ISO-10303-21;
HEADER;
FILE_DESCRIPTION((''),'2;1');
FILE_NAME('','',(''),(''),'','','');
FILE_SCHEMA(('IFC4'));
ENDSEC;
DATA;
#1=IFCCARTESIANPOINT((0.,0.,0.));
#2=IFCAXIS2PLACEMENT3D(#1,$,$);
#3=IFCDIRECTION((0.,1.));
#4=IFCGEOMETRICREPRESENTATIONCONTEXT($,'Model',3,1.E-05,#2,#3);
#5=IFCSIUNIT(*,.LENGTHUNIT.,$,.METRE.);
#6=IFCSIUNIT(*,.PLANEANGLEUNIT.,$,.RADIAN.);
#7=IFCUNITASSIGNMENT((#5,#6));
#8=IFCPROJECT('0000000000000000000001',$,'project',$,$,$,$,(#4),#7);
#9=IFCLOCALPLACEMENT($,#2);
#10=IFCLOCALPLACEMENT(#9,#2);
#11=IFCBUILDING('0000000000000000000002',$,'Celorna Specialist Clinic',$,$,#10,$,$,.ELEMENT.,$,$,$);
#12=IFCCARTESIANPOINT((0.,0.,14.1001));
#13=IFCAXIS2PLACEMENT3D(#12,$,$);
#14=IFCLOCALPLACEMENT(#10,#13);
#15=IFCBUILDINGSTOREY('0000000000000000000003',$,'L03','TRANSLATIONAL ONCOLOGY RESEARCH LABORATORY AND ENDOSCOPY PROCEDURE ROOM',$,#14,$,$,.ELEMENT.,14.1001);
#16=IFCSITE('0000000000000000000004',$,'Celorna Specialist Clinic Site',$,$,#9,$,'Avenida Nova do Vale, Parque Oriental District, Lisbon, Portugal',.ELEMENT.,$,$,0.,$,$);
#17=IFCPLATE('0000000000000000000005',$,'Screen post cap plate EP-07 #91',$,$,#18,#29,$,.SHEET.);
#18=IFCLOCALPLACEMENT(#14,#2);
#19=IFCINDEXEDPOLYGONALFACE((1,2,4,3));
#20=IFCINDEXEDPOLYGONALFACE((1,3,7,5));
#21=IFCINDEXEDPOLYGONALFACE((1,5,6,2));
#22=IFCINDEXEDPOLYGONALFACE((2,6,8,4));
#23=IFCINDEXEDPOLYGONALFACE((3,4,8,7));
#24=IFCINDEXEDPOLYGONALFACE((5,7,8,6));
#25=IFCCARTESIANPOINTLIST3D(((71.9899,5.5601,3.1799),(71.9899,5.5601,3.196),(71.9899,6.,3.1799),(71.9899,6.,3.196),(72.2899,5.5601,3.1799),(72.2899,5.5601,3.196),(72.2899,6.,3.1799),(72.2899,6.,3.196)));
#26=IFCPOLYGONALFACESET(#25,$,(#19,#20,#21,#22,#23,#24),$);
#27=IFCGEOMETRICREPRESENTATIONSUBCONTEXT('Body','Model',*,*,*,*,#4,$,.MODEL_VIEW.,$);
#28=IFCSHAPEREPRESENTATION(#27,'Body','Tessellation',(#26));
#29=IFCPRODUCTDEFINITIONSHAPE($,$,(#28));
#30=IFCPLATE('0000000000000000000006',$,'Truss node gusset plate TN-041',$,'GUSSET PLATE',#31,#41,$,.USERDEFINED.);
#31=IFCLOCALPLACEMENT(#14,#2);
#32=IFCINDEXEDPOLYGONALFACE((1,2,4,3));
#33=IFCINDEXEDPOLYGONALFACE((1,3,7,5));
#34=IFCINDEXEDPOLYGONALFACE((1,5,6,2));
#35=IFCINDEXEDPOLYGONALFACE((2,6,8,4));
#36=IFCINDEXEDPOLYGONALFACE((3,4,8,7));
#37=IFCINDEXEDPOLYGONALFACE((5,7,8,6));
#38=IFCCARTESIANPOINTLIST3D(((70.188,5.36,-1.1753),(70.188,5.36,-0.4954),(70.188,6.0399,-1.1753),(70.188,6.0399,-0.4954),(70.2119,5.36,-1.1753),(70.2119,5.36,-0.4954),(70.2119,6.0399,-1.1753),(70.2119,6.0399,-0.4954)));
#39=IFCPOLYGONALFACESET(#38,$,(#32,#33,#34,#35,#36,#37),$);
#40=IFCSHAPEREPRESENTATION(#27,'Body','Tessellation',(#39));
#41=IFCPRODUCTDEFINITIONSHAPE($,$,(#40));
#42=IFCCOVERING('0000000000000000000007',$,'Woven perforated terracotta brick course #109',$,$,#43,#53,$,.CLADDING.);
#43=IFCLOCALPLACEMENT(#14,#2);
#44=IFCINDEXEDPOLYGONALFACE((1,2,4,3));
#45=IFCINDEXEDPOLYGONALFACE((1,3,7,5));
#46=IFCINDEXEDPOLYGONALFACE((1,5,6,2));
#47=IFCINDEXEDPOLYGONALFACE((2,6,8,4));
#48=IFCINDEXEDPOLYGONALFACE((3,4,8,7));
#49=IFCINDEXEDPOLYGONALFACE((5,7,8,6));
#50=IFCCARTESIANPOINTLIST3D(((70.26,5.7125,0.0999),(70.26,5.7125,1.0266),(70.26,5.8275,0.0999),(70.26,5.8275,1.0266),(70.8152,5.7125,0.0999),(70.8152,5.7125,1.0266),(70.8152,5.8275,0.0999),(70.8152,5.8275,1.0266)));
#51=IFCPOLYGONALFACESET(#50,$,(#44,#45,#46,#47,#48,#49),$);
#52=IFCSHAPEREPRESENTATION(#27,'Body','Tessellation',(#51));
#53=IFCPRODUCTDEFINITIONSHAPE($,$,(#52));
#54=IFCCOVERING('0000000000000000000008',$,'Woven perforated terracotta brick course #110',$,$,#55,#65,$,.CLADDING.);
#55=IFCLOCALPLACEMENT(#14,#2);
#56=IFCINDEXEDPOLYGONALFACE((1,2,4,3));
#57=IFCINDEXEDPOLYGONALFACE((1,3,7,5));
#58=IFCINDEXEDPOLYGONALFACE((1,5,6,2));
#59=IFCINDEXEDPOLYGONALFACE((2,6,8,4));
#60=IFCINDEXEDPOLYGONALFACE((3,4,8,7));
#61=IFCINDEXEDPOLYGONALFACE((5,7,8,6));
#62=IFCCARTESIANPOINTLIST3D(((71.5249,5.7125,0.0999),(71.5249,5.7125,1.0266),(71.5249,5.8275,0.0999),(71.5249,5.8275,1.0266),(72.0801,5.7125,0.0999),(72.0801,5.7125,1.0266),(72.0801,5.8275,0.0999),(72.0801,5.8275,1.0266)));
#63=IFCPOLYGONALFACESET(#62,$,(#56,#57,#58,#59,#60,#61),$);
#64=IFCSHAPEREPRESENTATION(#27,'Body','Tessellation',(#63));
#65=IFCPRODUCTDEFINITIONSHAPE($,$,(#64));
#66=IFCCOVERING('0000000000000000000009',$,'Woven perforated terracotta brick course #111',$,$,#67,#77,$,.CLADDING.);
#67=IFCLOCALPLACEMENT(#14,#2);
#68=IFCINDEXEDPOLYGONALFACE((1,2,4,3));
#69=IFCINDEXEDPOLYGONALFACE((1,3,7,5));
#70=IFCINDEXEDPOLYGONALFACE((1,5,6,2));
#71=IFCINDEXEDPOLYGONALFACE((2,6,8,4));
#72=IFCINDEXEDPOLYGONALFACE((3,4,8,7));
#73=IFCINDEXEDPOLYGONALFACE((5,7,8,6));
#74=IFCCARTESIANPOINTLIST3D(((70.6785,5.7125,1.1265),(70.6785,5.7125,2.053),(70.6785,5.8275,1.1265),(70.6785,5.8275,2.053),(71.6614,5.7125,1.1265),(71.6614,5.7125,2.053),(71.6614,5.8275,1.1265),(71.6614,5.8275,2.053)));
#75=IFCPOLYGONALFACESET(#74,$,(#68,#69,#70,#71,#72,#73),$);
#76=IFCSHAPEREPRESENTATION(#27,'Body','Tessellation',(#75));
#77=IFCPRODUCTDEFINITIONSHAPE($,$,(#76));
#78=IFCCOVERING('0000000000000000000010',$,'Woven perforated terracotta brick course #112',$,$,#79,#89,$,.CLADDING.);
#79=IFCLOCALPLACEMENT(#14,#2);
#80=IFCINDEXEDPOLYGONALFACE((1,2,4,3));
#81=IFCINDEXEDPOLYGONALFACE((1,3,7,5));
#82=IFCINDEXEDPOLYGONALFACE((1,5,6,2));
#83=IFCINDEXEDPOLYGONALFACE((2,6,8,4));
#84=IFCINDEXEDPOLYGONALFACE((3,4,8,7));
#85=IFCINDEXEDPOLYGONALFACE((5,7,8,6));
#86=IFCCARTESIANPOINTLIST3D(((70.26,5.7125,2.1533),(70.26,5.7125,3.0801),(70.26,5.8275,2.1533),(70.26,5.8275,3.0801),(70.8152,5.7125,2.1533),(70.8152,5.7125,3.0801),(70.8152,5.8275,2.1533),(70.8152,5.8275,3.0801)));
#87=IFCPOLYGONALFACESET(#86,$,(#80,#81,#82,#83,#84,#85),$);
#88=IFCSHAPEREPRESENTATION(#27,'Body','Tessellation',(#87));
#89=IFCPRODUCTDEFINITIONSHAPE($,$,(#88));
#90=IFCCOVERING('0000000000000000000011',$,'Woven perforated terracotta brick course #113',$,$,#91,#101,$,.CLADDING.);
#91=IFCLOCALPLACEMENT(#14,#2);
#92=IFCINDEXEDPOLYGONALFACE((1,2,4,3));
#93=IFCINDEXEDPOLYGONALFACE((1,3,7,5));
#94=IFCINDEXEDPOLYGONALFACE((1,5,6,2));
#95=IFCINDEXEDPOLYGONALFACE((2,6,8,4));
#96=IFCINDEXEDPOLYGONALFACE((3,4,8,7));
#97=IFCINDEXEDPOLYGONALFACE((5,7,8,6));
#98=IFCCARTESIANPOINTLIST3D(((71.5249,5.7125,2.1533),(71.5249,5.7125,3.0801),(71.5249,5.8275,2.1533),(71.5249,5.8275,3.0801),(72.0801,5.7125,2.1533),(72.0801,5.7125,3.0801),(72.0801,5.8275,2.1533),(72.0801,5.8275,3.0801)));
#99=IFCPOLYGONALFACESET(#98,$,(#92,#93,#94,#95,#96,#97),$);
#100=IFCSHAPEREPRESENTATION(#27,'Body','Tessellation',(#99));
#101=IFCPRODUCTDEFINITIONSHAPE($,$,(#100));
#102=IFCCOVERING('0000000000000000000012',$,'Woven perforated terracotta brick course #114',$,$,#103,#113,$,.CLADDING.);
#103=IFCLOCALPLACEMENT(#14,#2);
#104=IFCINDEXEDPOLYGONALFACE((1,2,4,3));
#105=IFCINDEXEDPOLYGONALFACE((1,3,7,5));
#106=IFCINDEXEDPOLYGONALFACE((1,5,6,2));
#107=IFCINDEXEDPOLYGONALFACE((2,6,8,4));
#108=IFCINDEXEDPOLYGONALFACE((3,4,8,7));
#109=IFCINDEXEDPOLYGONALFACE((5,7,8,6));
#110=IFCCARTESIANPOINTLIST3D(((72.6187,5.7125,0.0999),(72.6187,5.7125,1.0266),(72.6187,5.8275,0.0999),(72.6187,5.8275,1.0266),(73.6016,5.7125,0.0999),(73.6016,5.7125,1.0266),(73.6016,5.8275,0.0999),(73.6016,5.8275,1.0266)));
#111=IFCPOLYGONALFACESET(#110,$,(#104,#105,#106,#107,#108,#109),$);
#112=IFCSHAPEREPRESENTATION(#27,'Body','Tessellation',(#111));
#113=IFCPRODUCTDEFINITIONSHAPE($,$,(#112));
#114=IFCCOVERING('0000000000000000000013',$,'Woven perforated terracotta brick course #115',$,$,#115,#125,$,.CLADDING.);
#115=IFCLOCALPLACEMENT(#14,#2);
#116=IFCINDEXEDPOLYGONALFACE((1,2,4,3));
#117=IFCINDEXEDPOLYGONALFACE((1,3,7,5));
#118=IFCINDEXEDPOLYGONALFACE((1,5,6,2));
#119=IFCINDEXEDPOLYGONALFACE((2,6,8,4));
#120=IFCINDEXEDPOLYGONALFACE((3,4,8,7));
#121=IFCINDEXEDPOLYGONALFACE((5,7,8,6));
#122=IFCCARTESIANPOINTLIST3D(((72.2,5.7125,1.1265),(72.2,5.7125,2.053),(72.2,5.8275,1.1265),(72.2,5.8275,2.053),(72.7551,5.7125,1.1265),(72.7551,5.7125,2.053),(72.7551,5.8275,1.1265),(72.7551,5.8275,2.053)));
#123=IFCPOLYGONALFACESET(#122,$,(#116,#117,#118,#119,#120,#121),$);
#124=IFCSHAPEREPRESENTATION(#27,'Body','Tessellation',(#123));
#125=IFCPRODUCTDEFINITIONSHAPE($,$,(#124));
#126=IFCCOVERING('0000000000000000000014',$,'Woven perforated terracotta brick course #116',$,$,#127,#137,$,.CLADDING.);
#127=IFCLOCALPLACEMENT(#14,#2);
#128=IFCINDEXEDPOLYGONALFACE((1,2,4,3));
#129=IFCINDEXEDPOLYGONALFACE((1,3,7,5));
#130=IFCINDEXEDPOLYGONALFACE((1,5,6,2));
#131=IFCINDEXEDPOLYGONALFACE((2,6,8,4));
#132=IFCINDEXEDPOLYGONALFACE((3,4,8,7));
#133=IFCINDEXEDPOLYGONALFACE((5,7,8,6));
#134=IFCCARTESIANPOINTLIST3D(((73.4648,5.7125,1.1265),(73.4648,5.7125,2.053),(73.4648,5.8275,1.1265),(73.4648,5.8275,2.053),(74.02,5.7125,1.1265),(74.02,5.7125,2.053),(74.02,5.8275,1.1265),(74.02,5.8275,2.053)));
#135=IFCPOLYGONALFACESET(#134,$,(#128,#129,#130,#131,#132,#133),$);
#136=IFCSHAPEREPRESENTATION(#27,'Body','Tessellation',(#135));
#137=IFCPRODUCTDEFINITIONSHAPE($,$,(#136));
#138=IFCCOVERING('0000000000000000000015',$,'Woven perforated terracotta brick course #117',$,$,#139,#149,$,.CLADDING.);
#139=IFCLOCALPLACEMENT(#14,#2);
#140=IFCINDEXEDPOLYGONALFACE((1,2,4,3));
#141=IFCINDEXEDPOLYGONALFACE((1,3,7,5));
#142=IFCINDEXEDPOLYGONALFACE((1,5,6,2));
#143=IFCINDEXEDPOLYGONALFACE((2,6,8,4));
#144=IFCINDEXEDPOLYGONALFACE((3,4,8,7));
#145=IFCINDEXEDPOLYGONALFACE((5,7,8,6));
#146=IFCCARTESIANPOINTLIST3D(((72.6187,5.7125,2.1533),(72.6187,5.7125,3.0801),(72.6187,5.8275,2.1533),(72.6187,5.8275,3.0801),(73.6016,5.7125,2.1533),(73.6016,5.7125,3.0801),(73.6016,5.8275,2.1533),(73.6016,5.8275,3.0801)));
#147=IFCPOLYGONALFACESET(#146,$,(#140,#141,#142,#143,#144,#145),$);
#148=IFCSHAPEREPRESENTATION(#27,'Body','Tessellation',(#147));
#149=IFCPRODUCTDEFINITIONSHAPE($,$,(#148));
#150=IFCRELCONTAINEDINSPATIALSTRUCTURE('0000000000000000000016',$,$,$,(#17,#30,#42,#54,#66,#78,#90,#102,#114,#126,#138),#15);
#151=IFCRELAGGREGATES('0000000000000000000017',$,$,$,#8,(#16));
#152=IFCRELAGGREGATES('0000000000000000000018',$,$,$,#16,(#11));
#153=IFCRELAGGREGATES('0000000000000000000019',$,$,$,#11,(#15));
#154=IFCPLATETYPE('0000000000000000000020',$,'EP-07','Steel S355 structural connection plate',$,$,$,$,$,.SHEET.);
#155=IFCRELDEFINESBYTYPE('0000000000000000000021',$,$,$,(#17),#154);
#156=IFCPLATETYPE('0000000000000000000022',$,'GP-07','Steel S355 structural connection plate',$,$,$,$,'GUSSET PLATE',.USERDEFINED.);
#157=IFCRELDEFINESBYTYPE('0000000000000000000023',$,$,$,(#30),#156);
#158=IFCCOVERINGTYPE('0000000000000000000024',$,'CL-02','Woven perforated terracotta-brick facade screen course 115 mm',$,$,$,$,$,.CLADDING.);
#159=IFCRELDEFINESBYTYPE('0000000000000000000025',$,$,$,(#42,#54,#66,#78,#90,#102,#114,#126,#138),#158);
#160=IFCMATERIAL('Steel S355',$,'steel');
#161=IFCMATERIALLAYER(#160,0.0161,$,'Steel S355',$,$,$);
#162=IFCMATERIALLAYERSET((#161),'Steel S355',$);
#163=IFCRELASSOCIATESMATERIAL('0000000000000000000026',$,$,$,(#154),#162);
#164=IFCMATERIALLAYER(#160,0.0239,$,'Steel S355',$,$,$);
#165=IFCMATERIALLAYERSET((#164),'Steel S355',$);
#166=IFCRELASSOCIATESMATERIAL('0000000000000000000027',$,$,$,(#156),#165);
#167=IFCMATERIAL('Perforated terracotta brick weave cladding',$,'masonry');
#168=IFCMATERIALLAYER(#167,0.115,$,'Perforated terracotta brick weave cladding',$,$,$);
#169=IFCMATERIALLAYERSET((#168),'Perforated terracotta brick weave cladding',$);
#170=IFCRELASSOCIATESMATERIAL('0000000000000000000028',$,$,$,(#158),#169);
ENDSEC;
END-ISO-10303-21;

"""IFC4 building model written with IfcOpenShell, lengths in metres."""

from ifc_helpers import new_model, si_unit, direction, frame, origin, origin_2d, place, context, subcontext, project, spatial, rectangle, extrude, material, layer, layer_set, type_object, element, save


model = new_model("IFC4")

# Units and contexts
model_context = context("Model", 3, precision=1e-05, world=origin(), true_north=direction((0.0, 1.0)))
body_context = subcontext(model_context, "Body", "Model", "MODEL_VIEW")
ifc_project = project(units=[si_unit("LENGTHUNIT", "METRE"), si_unit("PLANEANGLEUNIT", "RADIAN")], contexts=[model_context])

# Site, building, storey
site_placement = place(None, origin())
site = spatial("IfcSite", under=ifc_project, at=site_placement, Name="Celorna Specialist Clinic Site", LongName="Avenida Nova do Vale, Parque Oriental District, Lisbon, Portugal", CompositionType="ELEMENT", RefElevation=0.0)
building_placement = place(site_placement, origin())
building = spatial("IfcBuilding", under=site, at=building_placement, Name="Celorna Specialist Clinic", CompositionType="ELEMENT")
storey_placement = place(building_placement, frame((0.0, 0.0, 14.1001)))
storey = spatial("IfcBuildingStorey", under=building, at=storey_placement, Name="L03", Description="TRANSLATIONAL ONCOLOGY RESEARCH LABORATORY AND ENDOSCOPY PROCEDURE ROOM", CompositionType="ELEMENT", Elevation=14.1001)

# Shared definitions
ifc_material_1 = material(Name="Steel S355", Category="steel")

# Plates
ifc_layer_1 = layer(ifc_material_1, 0.0161, Name="Steel S355")
ifc_layer_set_1 = layer_set([ifc_layer_1], Name="Steel S355")
plate_type_1 = type_object("IfcPlateType", Name="EP-07", Description="Steel S355 structural connection plate", PredefinedType="SHEET", material=ifc_layer_set_1)
plate_1_placement = place(storey_placement, frame((72.1399, 5.78, 3.1799), z_axis=(0.0, 0.0, 1.0), x_axis=(1.0, 0.0, 0.0)))
element("IfcPlate", 1, at=plate_1_placement, inside=storey, type_object=plate_type_1, Name="Screen post cap plate EP-07 #91", PredefinedType="SHEET", context=body_context, shape_type="SweptSolid", body=[
    extrude(rectangle(XDim=0.3, YDim=0.4399, at=origin_2d()), origin(), (0.0, 0.0, 1.0), 0.0161),
])
ifc_layer_2 = layer(ifc_material_1, 0.0239, Name="Steel S355")
ifc_layer_set_2 = layer_set([ifc_layer_2], Name="Steel S355")
plate_type_2 = type_object("IfcPlateType", Name="GP-07", Description="Steel S355 structural connection plate", ElementType="GUSSET PLATE", PredefinedType="USERDEFINED", material=ifc_layer_set_2)
plate_2_placement = place(storey_placement, frame((70.2, 5.7, -1.1753), z_axis=(0.0, 0.0, 1.0), x_axis=(0.0, 1.0, 0.0)))
element("IfcPlate", 2, at=plate_2_placement, inside=storey, type_object=plate_type_2, Name="Truss node gusset plate TN-041", ObjectType="GUSSET PLATE", PredefinedType="USERDEFINED", context=body_context, shape_type="SweptSolid", body=[
    extrude(rectangle(XDim=0.6799, YDim=0.0239, at=origin_2d()), origin(), (0.0, 0.0, 1.0), 0.6799),
])

# Coverings
ifc_material_2 = material(Name="Perforated terracotta brick weave cladding", Category="masonry")
ifc_layer_3 = layer(ifc_material_2, 0.115, Name="Perforated terracotta brick weave cladding")
ifc_layer_set_3 = layer_set([ifc_layer_3], Name="Perforated terracotta brick weave cladding")
covering_type = type_object("IfcCoveringType", Name="CL-02", Description="Woven perforated terracotta-brick facade screen course 115 mm", PredefinedType="CLADDING", material=ifc_layer_set_3)
for number, where, z_axis, x_axis, name in (
    (3, (70.5376, 5.77, 0.0999), (0.0, 0.0, 1.0), (1.0, 0.0, 0.0), "Woven perforated terracotta brick course #109"),
    (4, (71.8025, 5.77, 0.0999), (0.0, 0.0, 1.0), (1.0, 0.0, 0.0), "Woven perforated terracotta brick course #110"),
):
    element("IfcCovering", number, at=place(storey_placement, frame(where, z_axis=z_axis, x_axis=x_axis)), inside=storey, type_object=covering_type, Name=name, PredefinedType="CLADDING", context=body_context, shape_type="SweptSolid", body=[
        extrude(rectangle(XDim=0.5552, YDim=0.115, at=origin_2d()), origin(), (0.0, 0.0, 1.0), 0.9268),
    ])
covering_1_placement = place(storey_placement, frame((71.1699, 5.77, 1.1265), z_axis=(0.0, 0.0, 1.0), x_axis=(1.0, 0.0, 0.0)))
element("IfcCovering", 5, at=covering_1_placement, inside=storey, type_object=covering_type, Name="Woven perforated terracotta brick course #111", PredefinedType="CLADDING", context=body_context, shape_type="SweptSolid", body=[
    extrude(rectangle(XDim=0.9829, YDim=0.115, at=origin_2d()), origin(), (0.0, 0.0, 1.0), 0.9265),
])
for number, where, z_axis, x_axis, name in (
    (6, (70.5376, 5.77, 2.1533), (0.0, 0.0, 1.0), (1.0, 0.0, 0.0), "Woven perforated terracotta brick course #112"),
    (7, (71.8025, 5.77, 2.1533), (0.0, 0.0, 1.0), (1.0, 0.0, 0.0), "Woven perforated terracotta brick course #113"),
):
    element("IfcCovering", number, at=place(storey_placement, frame(where, z_axis=z_axis, x_axis=x_axis)), inside=storey, type_object=covering_type, Name=name, PredefinedType="CLADDING", context=body_context, shape_type="SweptSolid", body=[
        extrude(rectangle(XDim=0.5552, YDim=0.115, at=origin_2d()), origin(), (0.0, 0.0, 1.0), 0.9268),
    ])
covering_2_placement = place(storey_placement, frame((73.1101, 5.77, 0.0999), z_axis=(0.0, 0.0, 1.0), x_axis=(1.0, 0.0, 0.0)))
element("IfcCovering", 8, at=covering_2_placement, inside=storey, type_object=covering_type, Name="Woven perforated terracotta brick course #114", PredefinedType="CLADDING", context=body_context, shape_type="SweptSolid", body=[
    extrude(rectangle(XDim=0.9829, YDim=0.115, at=origin_2d()), origin(), (0.0, 0.0, 1.0), 0.9268),
])
for number, where, z_axis, x_axis, name in (
    (9, (72.4775, 5.77, 1.1265), (0.0, 0.0, 1.0), (1.0, 0.0, 0.0), "Woven perforated terracotta brick course #115"),
    (10, (73.7424, 5.77, 1.1265), (0.0, 0.0, 1.0), (1.0, 0.0, 0.0), "Woven perforated terracotta brick course #116"),
):
    element("IfcCovering", number, at=place(storey_placement, frame(where, z_axis=z_axis, x_axis=x_axis)), inside=storey, type_object=covering_type, Name=name, PredefinedType="CLADDING", context=body_context, shape_type="SweptSolid", body=[
        extrude(rectangle(XDim=0.5552, YDim=0.115, at=origin_2d()), origin(), (0.0, 0.0, 1.0), 0.9265),
    ])
covering_3_placement = place(storey_placement, frame((73.1101, 5.77, 2.1533), z_axis=(0.0, 0.0, 1.0), x_axis=(1.0, 0.0, 0.0)))
element("IfcCovering", 11, at=covering_3_placement, inside=storey, type_object=covering_type, Name="Woven perforated terracotta brick course #117", PredefinedType="CLADDING", context=body_context, shape_type="SweptSolid", body=[
    extrude(rectangle(XDim=0.9829, YDim=0.115, at=origin_2d()), origin(), (0.0, 0.0, 1.0), 0.9268),
])

save(model, "model.ifc")
